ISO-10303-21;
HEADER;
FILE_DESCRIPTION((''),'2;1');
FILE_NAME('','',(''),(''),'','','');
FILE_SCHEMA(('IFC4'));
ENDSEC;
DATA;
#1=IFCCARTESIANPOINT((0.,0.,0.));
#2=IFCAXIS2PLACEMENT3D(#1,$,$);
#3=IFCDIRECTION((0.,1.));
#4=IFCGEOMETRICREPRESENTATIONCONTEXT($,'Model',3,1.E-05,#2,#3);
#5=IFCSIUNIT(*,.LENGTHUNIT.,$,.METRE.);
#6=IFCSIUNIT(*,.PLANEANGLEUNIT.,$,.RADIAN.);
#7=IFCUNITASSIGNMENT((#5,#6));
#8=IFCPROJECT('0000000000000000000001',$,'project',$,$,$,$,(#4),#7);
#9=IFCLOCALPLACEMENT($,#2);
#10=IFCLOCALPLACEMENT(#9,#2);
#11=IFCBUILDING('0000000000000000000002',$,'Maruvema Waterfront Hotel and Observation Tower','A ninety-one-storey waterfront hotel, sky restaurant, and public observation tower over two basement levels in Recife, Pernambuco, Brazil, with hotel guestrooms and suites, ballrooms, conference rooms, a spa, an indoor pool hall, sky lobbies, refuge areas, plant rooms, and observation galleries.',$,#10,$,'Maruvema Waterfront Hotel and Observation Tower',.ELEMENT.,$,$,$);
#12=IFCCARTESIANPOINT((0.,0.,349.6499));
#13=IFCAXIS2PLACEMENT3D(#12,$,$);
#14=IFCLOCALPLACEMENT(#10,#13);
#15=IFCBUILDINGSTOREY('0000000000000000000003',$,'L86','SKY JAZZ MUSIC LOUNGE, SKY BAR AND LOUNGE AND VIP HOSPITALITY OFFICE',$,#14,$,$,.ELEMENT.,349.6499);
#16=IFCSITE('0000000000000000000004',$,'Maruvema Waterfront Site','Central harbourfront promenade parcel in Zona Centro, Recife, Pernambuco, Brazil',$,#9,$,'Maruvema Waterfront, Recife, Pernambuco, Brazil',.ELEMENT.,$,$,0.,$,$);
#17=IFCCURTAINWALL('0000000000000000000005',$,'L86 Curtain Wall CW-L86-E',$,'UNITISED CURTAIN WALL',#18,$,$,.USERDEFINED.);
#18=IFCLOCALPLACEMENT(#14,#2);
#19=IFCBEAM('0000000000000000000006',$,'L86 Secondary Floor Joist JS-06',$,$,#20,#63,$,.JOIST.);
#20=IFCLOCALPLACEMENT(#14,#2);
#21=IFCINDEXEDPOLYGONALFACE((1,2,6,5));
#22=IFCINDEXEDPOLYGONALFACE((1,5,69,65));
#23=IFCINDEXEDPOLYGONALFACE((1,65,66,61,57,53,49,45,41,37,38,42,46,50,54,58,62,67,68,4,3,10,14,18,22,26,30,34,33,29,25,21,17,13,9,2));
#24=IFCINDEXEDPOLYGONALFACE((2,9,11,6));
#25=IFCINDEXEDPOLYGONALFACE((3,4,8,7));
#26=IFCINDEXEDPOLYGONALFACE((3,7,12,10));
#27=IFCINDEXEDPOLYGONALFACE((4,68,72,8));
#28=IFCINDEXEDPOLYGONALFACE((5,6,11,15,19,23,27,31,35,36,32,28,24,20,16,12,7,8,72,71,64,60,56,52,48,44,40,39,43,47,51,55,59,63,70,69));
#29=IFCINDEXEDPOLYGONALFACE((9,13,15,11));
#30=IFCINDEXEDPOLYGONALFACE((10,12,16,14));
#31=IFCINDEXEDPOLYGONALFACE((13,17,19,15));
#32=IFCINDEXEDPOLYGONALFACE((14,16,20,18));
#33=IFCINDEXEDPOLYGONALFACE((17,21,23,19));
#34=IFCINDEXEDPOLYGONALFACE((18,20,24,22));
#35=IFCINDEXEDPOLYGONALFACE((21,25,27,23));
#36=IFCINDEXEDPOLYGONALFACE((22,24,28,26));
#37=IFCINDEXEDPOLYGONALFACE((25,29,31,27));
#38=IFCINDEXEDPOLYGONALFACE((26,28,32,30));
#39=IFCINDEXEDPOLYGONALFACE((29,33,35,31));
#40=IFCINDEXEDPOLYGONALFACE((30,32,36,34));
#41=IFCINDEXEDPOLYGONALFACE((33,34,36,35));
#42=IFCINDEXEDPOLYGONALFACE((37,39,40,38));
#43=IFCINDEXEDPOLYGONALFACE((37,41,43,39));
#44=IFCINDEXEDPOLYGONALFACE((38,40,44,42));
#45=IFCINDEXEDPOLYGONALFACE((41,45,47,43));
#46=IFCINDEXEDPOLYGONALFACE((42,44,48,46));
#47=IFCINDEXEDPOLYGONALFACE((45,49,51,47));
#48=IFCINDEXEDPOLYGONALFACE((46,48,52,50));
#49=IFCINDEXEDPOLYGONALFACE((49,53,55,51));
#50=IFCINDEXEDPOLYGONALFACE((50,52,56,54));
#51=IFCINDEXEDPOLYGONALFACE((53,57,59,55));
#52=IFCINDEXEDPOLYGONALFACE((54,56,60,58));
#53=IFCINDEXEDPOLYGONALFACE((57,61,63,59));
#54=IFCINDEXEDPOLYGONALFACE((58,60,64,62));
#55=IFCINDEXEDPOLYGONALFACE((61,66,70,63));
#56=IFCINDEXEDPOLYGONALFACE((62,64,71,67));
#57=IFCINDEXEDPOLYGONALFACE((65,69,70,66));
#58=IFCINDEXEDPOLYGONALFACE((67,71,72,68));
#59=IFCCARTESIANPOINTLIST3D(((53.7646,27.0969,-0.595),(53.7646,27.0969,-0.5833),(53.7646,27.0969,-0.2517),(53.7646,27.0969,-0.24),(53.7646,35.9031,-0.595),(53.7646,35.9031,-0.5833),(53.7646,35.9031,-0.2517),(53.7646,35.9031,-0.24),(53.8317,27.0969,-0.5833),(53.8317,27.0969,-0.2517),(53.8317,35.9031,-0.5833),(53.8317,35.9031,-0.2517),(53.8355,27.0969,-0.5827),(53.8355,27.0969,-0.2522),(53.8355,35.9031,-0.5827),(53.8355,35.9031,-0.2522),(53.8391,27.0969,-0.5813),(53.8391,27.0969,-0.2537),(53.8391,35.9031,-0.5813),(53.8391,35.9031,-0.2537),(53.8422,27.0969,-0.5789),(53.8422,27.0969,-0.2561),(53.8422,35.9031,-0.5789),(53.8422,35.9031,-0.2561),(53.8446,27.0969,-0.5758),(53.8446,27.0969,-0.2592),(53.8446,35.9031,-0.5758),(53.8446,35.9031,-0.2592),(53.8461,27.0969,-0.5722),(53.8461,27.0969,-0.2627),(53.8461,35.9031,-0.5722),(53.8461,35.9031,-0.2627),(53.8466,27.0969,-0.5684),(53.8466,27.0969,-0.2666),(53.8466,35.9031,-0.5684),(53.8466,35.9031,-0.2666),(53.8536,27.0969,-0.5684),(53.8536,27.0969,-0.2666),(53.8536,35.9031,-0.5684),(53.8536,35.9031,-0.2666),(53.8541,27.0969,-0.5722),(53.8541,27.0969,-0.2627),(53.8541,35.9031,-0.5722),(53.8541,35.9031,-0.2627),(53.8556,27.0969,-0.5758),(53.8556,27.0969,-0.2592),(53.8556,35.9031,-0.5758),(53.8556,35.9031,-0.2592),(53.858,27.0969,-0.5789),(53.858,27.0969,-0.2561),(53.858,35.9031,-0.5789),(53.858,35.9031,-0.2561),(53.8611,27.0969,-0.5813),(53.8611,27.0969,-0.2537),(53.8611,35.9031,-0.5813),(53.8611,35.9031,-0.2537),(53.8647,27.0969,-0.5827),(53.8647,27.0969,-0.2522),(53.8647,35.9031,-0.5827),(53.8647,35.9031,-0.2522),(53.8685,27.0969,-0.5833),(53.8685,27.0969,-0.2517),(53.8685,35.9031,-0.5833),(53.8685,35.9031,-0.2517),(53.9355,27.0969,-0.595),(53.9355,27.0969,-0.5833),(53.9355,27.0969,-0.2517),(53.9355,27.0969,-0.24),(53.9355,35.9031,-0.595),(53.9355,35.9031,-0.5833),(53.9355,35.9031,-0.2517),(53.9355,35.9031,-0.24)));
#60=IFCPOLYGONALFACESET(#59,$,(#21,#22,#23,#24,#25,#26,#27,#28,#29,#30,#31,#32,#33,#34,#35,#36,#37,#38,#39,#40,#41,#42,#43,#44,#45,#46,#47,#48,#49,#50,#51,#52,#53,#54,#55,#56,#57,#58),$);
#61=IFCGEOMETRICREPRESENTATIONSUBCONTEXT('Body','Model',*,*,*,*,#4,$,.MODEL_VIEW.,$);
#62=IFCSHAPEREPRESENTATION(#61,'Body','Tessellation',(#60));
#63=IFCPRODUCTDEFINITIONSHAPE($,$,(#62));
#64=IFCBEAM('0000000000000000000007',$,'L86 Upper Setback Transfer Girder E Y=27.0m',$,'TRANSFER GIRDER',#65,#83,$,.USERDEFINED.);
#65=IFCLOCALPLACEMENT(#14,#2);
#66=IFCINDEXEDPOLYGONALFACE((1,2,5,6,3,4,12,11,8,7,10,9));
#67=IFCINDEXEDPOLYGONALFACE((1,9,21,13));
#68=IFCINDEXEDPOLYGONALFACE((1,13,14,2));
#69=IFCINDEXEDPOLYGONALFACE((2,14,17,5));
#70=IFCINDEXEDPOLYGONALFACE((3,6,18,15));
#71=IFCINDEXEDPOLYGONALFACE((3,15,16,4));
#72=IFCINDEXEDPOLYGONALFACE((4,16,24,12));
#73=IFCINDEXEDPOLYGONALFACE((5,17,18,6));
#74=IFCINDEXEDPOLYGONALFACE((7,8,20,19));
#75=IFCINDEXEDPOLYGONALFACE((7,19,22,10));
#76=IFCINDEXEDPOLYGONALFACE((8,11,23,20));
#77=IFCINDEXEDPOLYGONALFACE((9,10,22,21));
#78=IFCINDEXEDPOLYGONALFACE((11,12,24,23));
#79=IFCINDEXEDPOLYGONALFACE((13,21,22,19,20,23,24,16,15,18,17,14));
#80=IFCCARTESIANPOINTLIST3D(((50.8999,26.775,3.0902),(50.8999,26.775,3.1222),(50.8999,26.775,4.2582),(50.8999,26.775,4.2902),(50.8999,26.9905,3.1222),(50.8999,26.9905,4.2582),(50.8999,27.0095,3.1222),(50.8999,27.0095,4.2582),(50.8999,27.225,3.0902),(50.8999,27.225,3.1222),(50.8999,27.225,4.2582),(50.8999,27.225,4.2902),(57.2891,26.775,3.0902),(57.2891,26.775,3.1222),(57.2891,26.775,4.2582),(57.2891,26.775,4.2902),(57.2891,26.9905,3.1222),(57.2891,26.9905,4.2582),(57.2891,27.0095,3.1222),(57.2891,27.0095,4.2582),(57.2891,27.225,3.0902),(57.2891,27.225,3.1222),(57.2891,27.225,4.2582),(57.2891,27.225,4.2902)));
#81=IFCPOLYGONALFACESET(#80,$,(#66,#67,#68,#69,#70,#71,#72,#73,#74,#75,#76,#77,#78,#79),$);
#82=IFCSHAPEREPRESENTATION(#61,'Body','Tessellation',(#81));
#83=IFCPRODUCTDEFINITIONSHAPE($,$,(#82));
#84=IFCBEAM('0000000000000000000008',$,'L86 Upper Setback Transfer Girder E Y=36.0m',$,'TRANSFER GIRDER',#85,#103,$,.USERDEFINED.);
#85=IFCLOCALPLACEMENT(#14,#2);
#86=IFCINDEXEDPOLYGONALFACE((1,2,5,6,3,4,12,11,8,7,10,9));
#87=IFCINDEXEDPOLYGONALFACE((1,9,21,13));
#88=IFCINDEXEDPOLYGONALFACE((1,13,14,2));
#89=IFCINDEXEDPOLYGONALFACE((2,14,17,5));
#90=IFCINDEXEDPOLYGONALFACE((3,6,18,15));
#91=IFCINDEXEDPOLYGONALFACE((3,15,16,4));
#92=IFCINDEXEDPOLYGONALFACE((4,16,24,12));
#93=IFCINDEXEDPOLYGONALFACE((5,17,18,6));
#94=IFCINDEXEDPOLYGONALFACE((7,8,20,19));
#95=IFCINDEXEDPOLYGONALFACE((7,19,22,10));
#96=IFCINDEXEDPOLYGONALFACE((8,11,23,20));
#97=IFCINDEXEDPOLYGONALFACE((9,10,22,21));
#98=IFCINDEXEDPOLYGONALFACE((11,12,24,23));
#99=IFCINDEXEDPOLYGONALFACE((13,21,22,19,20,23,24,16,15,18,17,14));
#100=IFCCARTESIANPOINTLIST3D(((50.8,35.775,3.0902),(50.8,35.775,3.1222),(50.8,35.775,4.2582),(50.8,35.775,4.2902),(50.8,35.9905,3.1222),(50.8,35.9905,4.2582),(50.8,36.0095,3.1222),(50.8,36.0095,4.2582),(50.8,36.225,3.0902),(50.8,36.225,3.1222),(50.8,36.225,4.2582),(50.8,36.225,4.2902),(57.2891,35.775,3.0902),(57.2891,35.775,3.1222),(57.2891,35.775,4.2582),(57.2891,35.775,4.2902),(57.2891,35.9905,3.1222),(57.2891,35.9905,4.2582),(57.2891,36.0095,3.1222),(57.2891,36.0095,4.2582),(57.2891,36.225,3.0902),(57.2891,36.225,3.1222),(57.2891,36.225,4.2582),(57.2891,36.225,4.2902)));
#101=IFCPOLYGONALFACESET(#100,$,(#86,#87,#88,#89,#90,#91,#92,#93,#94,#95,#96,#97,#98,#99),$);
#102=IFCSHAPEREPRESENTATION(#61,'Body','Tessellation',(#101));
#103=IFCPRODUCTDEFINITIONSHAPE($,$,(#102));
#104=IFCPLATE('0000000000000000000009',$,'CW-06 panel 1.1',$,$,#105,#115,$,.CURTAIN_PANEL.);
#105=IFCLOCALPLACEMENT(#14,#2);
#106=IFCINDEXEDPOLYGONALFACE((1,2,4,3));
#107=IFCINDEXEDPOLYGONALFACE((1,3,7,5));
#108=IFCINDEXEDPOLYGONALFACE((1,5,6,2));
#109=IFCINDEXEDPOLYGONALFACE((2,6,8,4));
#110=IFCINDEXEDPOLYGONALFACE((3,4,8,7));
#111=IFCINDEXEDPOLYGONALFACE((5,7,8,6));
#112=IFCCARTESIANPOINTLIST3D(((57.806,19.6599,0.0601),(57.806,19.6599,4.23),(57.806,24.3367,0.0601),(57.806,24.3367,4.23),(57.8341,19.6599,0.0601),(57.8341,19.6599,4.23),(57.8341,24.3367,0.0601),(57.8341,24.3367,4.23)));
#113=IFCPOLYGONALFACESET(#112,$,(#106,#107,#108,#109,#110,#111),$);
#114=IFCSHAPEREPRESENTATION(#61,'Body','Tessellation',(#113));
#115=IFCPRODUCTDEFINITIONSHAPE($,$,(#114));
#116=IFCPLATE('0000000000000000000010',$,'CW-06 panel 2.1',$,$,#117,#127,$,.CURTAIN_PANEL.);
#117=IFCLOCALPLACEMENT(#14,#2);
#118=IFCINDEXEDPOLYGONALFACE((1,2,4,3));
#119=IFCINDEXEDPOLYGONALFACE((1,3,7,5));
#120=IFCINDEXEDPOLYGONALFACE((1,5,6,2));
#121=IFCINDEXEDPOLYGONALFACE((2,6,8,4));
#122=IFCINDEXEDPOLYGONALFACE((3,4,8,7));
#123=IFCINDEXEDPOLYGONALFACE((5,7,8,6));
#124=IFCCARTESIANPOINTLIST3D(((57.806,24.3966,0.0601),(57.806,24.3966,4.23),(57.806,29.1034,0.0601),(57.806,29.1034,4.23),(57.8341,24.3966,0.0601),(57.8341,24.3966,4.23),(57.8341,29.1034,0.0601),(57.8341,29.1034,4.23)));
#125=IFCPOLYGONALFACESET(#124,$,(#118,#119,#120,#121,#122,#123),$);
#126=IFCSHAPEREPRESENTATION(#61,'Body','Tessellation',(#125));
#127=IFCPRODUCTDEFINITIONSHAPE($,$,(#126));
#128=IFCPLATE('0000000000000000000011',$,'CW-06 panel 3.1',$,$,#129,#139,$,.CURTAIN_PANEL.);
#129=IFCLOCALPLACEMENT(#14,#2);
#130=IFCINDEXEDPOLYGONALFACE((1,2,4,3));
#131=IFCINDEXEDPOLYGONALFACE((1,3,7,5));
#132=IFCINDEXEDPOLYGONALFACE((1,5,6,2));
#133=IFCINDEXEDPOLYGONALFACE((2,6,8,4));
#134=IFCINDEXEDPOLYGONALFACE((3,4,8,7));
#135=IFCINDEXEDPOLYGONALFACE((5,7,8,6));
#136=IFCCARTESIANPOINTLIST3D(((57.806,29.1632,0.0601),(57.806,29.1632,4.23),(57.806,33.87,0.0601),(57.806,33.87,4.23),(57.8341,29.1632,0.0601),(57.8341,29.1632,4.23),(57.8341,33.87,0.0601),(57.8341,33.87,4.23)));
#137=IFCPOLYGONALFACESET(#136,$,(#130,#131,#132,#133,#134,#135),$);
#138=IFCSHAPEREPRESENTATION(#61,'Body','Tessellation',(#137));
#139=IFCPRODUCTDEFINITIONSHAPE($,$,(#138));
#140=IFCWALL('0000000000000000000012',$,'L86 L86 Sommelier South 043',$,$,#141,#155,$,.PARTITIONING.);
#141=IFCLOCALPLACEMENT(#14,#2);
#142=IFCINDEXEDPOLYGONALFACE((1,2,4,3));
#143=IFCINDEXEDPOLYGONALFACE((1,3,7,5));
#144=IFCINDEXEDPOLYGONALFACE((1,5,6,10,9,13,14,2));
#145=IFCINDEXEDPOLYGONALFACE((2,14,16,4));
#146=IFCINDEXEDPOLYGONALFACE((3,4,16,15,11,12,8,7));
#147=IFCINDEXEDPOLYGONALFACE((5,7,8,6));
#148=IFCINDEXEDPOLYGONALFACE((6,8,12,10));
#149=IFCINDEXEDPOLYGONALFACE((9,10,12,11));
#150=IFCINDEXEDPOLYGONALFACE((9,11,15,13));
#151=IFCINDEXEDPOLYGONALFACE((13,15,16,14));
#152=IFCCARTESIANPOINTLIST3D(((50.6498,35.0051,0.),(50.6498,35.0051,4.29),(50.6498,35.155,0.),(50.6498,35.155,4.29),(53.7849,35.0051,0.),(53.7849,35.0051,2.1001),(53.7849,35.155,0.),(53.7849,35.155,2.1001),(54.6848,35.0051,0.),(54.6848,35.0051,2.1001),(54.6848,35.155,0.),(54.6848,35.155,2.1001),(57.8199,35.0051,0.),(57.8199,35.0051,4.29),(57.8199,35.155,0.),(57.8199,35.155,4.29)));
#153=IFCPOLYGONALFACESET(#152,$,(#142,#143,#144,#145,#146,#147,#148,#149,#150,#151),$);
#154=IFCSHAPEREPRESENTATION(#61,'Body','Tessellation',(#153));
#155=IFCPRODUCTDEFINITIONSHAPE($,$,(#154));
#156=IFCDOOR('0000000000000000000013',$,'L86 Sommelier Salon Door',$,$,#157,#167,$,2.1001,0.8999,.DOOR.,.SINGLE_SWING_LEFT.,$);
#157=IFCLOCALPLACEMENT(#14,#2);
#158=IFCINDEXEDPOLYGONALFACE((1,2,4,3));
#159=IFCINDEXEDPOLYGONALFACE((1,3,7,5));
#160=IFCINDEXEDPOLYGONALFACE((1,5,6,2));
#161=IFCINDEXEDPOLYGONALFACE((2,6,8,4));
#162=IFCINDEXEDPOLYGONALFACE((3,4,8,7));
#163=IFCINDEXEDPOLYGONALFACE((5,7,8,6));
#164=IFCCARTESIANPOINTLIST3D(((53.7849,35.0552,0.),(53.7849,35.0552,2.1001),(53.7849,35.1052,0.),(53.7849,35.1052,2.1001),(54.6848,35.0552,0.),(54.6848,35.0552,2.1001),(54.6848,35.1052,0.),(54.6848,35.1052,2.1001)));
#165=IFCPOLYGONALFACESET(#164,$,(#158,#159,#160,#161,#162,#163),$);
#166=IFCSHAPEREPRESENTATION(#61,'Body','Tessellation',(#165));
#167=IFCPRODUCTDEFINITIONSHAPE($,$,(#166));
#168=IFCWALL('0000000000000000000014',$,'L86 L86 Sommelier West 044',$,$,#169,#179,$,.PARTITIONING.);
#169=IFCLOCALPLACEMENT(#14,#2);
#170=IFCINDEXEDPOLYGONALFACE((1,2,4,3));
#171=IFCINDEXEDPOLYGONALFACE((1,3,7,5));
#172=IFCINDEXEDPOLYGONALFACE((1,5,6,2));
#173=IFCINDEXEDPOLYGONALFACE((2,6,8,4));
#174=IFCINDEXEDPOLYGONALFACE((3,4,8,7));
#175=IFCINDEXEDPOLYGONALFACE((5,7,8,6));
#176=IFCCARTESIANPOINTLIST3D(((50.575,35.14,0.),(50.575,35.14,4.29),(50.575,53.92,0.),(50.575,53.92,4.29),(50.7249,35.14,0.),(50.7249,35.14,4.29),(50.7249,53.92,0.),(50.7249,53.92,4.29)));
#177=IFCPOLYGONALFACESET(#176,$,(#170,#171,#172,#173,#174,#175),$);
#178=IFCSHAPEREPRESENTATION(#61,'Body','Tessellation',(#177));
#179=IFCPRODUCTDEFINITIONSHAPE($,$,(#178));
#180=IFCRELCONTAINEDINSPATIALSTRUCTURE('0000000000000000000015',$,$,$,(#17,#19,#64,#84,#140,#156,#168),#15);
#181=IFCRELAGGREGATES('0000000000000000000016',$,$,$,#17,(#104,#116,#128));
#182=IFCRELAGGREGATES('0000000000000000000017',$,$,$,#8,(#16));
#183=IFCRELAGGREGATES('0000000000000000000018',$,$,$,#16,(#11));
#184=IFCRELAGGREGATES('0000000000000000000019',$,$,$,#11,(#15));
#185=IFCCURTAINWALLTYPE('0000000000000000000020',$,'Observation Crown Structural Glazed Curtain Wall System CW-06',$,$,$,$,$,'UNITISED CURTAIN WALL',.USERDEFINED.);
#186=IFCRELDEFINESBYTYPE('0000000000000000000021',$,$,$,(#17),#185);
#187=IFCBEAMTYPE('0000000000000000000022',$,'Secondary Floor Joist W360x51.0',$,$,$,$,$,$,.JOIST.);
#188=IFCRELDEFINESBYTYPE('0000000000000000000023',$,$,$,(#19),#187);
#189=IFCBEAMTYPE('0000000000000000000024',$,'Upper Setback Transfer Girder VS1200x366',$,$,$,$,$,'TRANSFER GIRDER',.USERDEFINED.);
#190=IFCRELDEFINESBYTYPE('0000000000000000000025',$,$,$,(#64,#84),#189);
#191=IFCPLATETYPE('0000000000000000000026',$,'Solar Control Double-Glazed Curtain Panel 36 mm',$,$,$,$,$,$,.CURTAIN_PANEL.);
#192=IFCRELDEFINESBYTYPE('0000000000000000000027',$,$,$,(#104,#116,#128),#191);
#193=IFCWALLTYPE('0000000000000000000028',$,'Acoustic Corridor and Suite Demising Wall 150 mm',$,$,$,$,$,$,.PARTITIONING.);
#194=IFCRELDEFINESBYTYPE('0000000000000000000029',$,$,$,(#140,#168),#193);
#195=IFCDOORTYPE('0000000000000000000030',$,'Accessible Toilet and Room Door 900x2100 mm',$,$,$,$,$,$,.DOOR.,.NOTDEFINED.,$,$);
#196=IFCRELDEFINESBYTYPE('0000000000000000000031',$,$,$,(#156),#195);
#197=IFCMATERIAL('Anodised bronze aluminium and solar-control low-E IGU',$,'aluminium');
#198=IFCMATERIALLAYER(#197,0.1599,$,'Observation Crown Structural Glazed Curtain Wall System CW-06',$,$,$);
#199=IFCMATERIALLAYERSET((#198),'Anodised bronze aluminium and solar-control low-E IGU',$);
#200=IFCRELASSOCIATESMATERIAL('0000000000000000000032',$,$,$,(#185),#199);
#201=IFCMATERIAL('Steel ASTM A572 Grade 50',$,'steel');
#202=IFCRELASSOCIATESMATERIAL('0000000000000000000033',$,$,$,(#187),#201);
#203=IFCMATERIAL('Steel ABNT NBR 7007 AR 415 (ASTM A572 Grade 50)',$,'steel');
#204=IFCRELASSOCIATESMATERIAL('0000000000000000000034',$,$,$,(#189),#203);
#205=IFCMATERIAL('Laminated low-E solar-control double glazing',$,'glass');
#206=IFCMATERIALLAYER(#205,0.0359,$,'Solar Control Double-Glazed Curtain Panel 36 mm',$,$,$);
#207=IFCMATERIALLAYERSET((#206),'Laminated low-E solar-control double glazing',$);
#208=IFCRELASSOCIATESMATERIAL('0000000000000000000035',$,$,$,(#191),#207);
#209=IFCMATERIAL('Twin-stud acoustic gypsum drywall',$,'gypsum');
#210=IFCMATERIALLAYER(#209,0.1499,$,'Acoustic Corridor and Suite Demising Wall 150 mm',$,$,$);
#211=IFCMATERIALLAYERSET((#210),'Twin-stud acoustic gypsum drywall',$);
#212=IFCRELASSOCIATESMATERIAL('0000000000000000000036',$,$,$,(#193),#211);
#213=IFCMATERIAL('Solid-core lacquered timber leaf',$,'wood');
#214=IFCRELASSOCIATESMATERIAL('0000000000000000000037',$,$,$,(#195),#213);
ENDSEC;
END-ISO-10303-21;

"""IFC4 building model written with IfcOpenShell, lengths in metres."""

from ifc_helpers import new_model, si_unit, direction, frame, frame_2d, origin, origin_2d, place, context, subcontext, project, spatial, rectangle, i_section, extrude, material, layer, layer_set, material_profile, profile_set, type_object, element, fill, aggregate, save


model = new_model("IFC4")

# Units and contexts
model_context = context("Model", 3, precision=1e-05, world=origin(), true_north=direction((0.0, 1.0)))
body_context = subcontext(model_context, "Body", "Model", "MODEL_VIEW")
ifc_project = project(units=[si_unit("LENGTHUNIT", "METRE"), si_unit("PLANEANGLEUNIT", "RADIAN")], contexts=[model_context])

# Site, building, storey
site_placement = place(None, origin())
site = spatial("IfcSite", under=ifc_project, at=site_placement, Name="Maruvema Waterfront Site", Description="Central harbourfront promenade parcel in Zona Centro, Recife, Pernambuco, Brazil", LongName="Maruvema Waterfront, Recife, Pernambuco, Brazil", CompositionType="ELEMENT", RefElevation=0.0)
building_placement = place(site_placement, origin())
building = spatial("IfcBuilding", under=site, at=building_placement, Name="Maruvema Waterfront Hotel and Observation Tower", Description="A ninety-one-storey waterfront hotel, sky restaurant, and public observation tower over two basement levels in Recife, Pernambuco, Brazil, with hotel guestrooms and suites, ballrooms, conference rooms, a spa, an indoor pool hall, sky lobbies, refuge areas, plant rooms, and observation galleries.", LongName="Maruvema Waterfront Hotel and Observation Tower", CompositionType="ELEMENT")
storey_placement = place(building_placement, frame((0.0, 0.0, 349.6499)))
storey = spatial("IfcBuildingStorey", under=building, at=storey_placement, Name="L86", Description="SKY JAZZ MUSIC LOUNGE, SKY BAR AND LOUNGE AND VIP HOSPITALITY OFFICE", CompositionType="ELEMENT", Elevation=349.6499)

# Curtain wall
ifc_material_1 = material(Name="Anodised bronze aluminium and solar-control low-E IGU", Category="aluminium")
ifc_layer_1 = layer(ifc_material_1, 0.1599, Name="Observation Crown Structural Glazed Curtain Wall System CW-06")
ifc_layer_set_1 = layer_set([ifc_layer_1], Name="Anodised bronze aluminium and solar-control low-E IGU")
curtain_wall_type = type_object("IfcCurtainWallType", Name="Observation Crown Structural Glazed Curtain Wall System CW-06", ElementType="UNITISED CURTAIN WALL", PredefinedType="USERDEFINED", material=ifc_layer_set_1)
curtain_wall_1_placement = place(storey_placement, origin())
curtain_wall_1 = element("IfcCurtainWall", 1, at=curtain_wall_1_placement, inside=storey, type_object=curtain_wall_type, Name="L86 Curtain Wall CW-L86-E", ObjectType="UNITISED CURTAIN WALL", PredefinedType="USERDEFINED")

# Beams
ifc_material_2 = material(Name="Steel ASTM A572 Grade 50", Category="steel")
ifc_material_profile_1 = material_profile(ifc_material_2, i_section(OverallWidth=0.1709, OverallDepth=0.355, WebThickness=0.0071, FlangeThickness=0.0117, FilletRadius=0.0149, at=origin_2d()), Name="W360x51.0")
ifc_profile_set_1 = profile_set([ifc_material_profile_1], Name="Steel ASTM A572 Grade 50")
beam_type_1 = type_object("IfcBeamType", Name="Secondary Floor Joist W360x51.0", PredefinedType="JOIST", material=ifc_profile_set_1)
beam_1_placement = place(storey_placement, frame((53.8501, 27.0969, -0.4175), z_axis=(0.0, 1.0, 0.0), x_axis=(-1.0, 0.0, 0.0)))
element("IfcBeam", 2, at=beam_1_placement, inside=storey, type_object=beam_type_1, Name="L86 Secondary Floor Joist JS-06", PredefinedType="JOIST", context=body_context, shape_type="SweptSolid", body=[
    extrude(i_section(OverallWidth=0.1709, OverallDepth=0.355, WebThickness=0.0071, FlangeThickness=0.0117, FilletRadius=0.0149, at=origin_2d()), origin(), (0.0, 0.0, 1.0), 8.8062),
])
ifc_material_3 = material(Name="Steel ABNT NBR 7007 AR 415 (ASTM A572 Grade 50)", Category="steel")
ifc_material_profile_2 = material_profile(ifc_material_3, i_section(OverallWidth=0.45, OverallDepth=1.2, WebThickness=0.019, FlangeThickness=0.032, at=origin_2d()), Name="VS1200x366")
ifc_profile_set_2 = profile_set([ifc_material_profile_2], Name="Steel ABNT NBR 7007 AR 415 (ASTM A572 Grade 50)")
beam_type_2 = type_object("IfcBeamType", Name="Upper Setback Transfer Girder VS1200x366", ElementType="TRANSFER GIRDER", PredefinedType="USERDEFINED", material=ifc_profile_set_2)
beam_2_placement = place(storey_placement, frame((50.8999, 27.0, 3.6902), z_axis=(1.0, 0.0, 0.0), x_axis=(0.0, 1.0, 0.0)))
element("IfcBeam", 3, at=beam_2_placement, inside=storey, type_object=beam_type_2, Name="L86 Upper Setback Transfer Girder E Y=27.0m", ObjectType="TRANSFER GIRDER", PredefinedType="USERDEFINED", context=body_context, shape_type="SweptSolid", body=[
    extrude(i_section(OverallWidth=0.45, OverallDepth=1.2, WebThickness=0.019, FlangeThickness=0.032, at=origin_2d()), origin(), (0.0, 0.0, 1.0), 6.3892),
])
beam_3_placement = place(storey_placement, frame((50.8, 36.0, 3.6902), z_axis=(1.0, 0.0, 0.0), x_axis=(0.0, 1.0, 0.0)))
element("IfcBeam", 4, at=beam_3_placement, inside=storey, type_object=beam_type_2, Name="L86 Upper Setback Transfer Girder E Y=36.0m", ObjectType="TRANSFER GIRDER", PredefinedType="USERDEFINED", context=body_context, shape_type="SweptSolid", body=[
    extrude(i_section(OverallWidth=0.45, OverallDepth=1.2, WebThickness=0.019, FlangeThickness=0.032, at=origin_2d()), origin(), (0.0, 0.0, 1.0), 6.489),
])

# Plates
ifc_material_4 = material(Name="Laminated low-E solar-control double glazing", Category="glass")
ifc_layer_2 = layer(ifc_material_4, 0.0359, Name="Solar Control Double-Glazed Curtain Panel 36 mm")
ifc_layer_set_2 = layer_set([ifc_layer_2], Name="Laminated low-E solar-control double glazing")
plate_type = type_object("IfcPlateType", Name="Solar Control Double-Glazed Curtain Panel 36 mm", PredefinedType="CURTAIN_PANEL", material=ifc_layer_set_2)
plate_1_placement = place(storey_placement, frame((57.8201, 21.9983, 0.0601), z_axis=(0.0, 0.0, 1.0), x_axis=(0.0, 1.0, 0.0)))
plate_1 = element("IfcPlate", 5, at=plate_1_placement, type_object=plate_type, Name="CW-06 panel 1.1", PredefinedType="CURTAIN_PANEL", context=body_context, shape_type="SweptSolid", body=[
    extrude(rectangle(XDim=4.6768, YDim=0.0281, at=origin_2d()), origin(), (0.0, 0.0, 1.0), 4.1699),
])
plate_2_placement = place(storey_placement, frame((57.8201, 26.75, 0.0601), z_axis=(0.0, 0.0, 1.0), x_axis=(0.0, 1.0, 0.0)))
plate_2 = element("IfcPlate", 6, at=plate_2_placement, type_object=plate_type, Name="CW-06 panel 2.1", PredefinedType="CURTAIN_PANEL", context=body_context, shape_type="SweptSolid", body=[
    extrude(rectangle(XDim=4.7068, YDim=0.0281, at=origin_2d()), origin(), (0.0, 0.0, 1.0), 4.1699),
])
plate_3_placement = place(storey_placement, frame((57.8201, 31.5166, 0.0601), z_axis=(0.0, 0.0, 1.0), x_axis=(0.0, 1.0, 0.0)))
plate_3 = element("IfcPlate", 7, at=plate_3_placement, type_object=plate_type, Name="CW-06 panel 3.1", PredefinedType="CURTAIN_PANEL", context=body_context, shape_type="SweptSolid", body=[
    extrude(rectangle(XDim=4.7068, YDim=0.0281, at=origin_2d()), origin(), (0.0, 0.0, 1.0), 4.1699),
])
aggregate(curtain_wall_1, [plate_1, plate_2, plate_3])

# Wall, opening, door
ifc_material_5 = material(Name="Twin-stud acoustic gypsum drywall", Category="gypsum")
ifc_layer_3 = layer(ifc_material_5, 0.1499, Name="Acoustic Corridor and Suite Demising Wall 150 mm")
ifc_layer_set_3 = layer_set([ifc_layer_3], Name="Twin-stud acoustic gypsum drywall")
wall_type_1 = type_object("IfcWallType", Name="Acoustic Corridor and Suite Demising Wall 150 mm", PredefinedType="PARTITIONING", material=ifc_layer_set_3)
wall_1_placement = place(storey_placement, frame((50.6499, 35.0801, 0.0), z_axis=(0.0, 0.0, 1.0), x_axis=(1.0, 0.0, 0.0)))
wall_1 = element("IfcWall", 8, at=wall_1_placement, inside=storey, type_object=wall_type_1, Name="L86 L86 Sommelier South 043", PredefinedType="PARTITIONING", context=body_context, shape_type="SweptSolid", body=[
    extrude(rectangle(XDim=7.1702, YDim=0.1499, at=frame_2d((3.585, 0.0))), origin(), (0.0, 0.0, 1.0), 4.29),
])
opening_1_placement = place(wall_1_placement, frame((3.135, 0.0, 0.0)))
opening_1 = element("IfcOpeningElement", 9, at=opening_1_placement, cuts=wall_1, PredefinedType="OPENING", context=body_context, shape_type="SweptSolid", body=[
    extrude(rectangle(XDim=0.8999, YDim=2.1001, at=frame_2d((0.45, 1.05))), frame((0.0, 0.085, 0.0), z_axis=(0.0, -1.0, 0.0), x_axis=(1.0, 0.0, 0.0)), (0.0, 0.0, 1.0), 0.1699),
])
ifc_material_6 = material(Name="Solid-core lacquered timber leaf", Category="wood")
door_type = type_object("IfcDoorType", Name="Accessible Toilet and Room Door 900x2100 mm", OperationType="NOTDEFINED", PredefinedType="DOOR", material=ifc_material_6)
door_placement = place(opening_1_placement, frame((0.8999, 0.0, 0.0), z_axis=(0.0, 0.0, 1.0), x_axis=(-1.0, 0.0, 0.0)))
door = element("IfcDoor", 10, at=door_placement, inside=storey, type_object=door_type, Name="L86 Sommelier Salon Door", OperationType="SINGLE_SWING_LEFT", OverallHeight=2.1001, OverallWidth=0.8999, PredefinedType="DOOR", context=body_context, shape_type="SweptSolid", body=[
    extrude(rectangle(XDim=0.8999, YDim=2.1001, at=frame_2d((0.45, 1.05))), frame((0.0, 0.0249, 0.0), z_axis=(0.0, -1.0, 0.0), x_axis=(1.0, 0.0, 0.0)), (0.0, 0.0, 1.0), 0.05),
])
fill(opening_1, door)

# Wall
wall_2_placement = place(storey_placement, frame((50.6499, 35.1399, 0.0), z_axis=(0.0, 0.0, 1.0), x_axis=(0.0, 1.0, 0.0)))
element("IfcWall", 11, at=wall_2_placement, inside=storey, type_object=wall_type_1, Name="L86 L86 Sommelier West 044", PredefinedType="PARTITIONING", context=body_context, shape_type="SweptSolid", body=[
    extrude(rectangle(XDim=18.78, YDim=0.1499, at=frame_2d((9.3901, 0.0))), origin(), (0.0, 0.0, 1.0), 4.29),
])

save(model, "model.ifc")
